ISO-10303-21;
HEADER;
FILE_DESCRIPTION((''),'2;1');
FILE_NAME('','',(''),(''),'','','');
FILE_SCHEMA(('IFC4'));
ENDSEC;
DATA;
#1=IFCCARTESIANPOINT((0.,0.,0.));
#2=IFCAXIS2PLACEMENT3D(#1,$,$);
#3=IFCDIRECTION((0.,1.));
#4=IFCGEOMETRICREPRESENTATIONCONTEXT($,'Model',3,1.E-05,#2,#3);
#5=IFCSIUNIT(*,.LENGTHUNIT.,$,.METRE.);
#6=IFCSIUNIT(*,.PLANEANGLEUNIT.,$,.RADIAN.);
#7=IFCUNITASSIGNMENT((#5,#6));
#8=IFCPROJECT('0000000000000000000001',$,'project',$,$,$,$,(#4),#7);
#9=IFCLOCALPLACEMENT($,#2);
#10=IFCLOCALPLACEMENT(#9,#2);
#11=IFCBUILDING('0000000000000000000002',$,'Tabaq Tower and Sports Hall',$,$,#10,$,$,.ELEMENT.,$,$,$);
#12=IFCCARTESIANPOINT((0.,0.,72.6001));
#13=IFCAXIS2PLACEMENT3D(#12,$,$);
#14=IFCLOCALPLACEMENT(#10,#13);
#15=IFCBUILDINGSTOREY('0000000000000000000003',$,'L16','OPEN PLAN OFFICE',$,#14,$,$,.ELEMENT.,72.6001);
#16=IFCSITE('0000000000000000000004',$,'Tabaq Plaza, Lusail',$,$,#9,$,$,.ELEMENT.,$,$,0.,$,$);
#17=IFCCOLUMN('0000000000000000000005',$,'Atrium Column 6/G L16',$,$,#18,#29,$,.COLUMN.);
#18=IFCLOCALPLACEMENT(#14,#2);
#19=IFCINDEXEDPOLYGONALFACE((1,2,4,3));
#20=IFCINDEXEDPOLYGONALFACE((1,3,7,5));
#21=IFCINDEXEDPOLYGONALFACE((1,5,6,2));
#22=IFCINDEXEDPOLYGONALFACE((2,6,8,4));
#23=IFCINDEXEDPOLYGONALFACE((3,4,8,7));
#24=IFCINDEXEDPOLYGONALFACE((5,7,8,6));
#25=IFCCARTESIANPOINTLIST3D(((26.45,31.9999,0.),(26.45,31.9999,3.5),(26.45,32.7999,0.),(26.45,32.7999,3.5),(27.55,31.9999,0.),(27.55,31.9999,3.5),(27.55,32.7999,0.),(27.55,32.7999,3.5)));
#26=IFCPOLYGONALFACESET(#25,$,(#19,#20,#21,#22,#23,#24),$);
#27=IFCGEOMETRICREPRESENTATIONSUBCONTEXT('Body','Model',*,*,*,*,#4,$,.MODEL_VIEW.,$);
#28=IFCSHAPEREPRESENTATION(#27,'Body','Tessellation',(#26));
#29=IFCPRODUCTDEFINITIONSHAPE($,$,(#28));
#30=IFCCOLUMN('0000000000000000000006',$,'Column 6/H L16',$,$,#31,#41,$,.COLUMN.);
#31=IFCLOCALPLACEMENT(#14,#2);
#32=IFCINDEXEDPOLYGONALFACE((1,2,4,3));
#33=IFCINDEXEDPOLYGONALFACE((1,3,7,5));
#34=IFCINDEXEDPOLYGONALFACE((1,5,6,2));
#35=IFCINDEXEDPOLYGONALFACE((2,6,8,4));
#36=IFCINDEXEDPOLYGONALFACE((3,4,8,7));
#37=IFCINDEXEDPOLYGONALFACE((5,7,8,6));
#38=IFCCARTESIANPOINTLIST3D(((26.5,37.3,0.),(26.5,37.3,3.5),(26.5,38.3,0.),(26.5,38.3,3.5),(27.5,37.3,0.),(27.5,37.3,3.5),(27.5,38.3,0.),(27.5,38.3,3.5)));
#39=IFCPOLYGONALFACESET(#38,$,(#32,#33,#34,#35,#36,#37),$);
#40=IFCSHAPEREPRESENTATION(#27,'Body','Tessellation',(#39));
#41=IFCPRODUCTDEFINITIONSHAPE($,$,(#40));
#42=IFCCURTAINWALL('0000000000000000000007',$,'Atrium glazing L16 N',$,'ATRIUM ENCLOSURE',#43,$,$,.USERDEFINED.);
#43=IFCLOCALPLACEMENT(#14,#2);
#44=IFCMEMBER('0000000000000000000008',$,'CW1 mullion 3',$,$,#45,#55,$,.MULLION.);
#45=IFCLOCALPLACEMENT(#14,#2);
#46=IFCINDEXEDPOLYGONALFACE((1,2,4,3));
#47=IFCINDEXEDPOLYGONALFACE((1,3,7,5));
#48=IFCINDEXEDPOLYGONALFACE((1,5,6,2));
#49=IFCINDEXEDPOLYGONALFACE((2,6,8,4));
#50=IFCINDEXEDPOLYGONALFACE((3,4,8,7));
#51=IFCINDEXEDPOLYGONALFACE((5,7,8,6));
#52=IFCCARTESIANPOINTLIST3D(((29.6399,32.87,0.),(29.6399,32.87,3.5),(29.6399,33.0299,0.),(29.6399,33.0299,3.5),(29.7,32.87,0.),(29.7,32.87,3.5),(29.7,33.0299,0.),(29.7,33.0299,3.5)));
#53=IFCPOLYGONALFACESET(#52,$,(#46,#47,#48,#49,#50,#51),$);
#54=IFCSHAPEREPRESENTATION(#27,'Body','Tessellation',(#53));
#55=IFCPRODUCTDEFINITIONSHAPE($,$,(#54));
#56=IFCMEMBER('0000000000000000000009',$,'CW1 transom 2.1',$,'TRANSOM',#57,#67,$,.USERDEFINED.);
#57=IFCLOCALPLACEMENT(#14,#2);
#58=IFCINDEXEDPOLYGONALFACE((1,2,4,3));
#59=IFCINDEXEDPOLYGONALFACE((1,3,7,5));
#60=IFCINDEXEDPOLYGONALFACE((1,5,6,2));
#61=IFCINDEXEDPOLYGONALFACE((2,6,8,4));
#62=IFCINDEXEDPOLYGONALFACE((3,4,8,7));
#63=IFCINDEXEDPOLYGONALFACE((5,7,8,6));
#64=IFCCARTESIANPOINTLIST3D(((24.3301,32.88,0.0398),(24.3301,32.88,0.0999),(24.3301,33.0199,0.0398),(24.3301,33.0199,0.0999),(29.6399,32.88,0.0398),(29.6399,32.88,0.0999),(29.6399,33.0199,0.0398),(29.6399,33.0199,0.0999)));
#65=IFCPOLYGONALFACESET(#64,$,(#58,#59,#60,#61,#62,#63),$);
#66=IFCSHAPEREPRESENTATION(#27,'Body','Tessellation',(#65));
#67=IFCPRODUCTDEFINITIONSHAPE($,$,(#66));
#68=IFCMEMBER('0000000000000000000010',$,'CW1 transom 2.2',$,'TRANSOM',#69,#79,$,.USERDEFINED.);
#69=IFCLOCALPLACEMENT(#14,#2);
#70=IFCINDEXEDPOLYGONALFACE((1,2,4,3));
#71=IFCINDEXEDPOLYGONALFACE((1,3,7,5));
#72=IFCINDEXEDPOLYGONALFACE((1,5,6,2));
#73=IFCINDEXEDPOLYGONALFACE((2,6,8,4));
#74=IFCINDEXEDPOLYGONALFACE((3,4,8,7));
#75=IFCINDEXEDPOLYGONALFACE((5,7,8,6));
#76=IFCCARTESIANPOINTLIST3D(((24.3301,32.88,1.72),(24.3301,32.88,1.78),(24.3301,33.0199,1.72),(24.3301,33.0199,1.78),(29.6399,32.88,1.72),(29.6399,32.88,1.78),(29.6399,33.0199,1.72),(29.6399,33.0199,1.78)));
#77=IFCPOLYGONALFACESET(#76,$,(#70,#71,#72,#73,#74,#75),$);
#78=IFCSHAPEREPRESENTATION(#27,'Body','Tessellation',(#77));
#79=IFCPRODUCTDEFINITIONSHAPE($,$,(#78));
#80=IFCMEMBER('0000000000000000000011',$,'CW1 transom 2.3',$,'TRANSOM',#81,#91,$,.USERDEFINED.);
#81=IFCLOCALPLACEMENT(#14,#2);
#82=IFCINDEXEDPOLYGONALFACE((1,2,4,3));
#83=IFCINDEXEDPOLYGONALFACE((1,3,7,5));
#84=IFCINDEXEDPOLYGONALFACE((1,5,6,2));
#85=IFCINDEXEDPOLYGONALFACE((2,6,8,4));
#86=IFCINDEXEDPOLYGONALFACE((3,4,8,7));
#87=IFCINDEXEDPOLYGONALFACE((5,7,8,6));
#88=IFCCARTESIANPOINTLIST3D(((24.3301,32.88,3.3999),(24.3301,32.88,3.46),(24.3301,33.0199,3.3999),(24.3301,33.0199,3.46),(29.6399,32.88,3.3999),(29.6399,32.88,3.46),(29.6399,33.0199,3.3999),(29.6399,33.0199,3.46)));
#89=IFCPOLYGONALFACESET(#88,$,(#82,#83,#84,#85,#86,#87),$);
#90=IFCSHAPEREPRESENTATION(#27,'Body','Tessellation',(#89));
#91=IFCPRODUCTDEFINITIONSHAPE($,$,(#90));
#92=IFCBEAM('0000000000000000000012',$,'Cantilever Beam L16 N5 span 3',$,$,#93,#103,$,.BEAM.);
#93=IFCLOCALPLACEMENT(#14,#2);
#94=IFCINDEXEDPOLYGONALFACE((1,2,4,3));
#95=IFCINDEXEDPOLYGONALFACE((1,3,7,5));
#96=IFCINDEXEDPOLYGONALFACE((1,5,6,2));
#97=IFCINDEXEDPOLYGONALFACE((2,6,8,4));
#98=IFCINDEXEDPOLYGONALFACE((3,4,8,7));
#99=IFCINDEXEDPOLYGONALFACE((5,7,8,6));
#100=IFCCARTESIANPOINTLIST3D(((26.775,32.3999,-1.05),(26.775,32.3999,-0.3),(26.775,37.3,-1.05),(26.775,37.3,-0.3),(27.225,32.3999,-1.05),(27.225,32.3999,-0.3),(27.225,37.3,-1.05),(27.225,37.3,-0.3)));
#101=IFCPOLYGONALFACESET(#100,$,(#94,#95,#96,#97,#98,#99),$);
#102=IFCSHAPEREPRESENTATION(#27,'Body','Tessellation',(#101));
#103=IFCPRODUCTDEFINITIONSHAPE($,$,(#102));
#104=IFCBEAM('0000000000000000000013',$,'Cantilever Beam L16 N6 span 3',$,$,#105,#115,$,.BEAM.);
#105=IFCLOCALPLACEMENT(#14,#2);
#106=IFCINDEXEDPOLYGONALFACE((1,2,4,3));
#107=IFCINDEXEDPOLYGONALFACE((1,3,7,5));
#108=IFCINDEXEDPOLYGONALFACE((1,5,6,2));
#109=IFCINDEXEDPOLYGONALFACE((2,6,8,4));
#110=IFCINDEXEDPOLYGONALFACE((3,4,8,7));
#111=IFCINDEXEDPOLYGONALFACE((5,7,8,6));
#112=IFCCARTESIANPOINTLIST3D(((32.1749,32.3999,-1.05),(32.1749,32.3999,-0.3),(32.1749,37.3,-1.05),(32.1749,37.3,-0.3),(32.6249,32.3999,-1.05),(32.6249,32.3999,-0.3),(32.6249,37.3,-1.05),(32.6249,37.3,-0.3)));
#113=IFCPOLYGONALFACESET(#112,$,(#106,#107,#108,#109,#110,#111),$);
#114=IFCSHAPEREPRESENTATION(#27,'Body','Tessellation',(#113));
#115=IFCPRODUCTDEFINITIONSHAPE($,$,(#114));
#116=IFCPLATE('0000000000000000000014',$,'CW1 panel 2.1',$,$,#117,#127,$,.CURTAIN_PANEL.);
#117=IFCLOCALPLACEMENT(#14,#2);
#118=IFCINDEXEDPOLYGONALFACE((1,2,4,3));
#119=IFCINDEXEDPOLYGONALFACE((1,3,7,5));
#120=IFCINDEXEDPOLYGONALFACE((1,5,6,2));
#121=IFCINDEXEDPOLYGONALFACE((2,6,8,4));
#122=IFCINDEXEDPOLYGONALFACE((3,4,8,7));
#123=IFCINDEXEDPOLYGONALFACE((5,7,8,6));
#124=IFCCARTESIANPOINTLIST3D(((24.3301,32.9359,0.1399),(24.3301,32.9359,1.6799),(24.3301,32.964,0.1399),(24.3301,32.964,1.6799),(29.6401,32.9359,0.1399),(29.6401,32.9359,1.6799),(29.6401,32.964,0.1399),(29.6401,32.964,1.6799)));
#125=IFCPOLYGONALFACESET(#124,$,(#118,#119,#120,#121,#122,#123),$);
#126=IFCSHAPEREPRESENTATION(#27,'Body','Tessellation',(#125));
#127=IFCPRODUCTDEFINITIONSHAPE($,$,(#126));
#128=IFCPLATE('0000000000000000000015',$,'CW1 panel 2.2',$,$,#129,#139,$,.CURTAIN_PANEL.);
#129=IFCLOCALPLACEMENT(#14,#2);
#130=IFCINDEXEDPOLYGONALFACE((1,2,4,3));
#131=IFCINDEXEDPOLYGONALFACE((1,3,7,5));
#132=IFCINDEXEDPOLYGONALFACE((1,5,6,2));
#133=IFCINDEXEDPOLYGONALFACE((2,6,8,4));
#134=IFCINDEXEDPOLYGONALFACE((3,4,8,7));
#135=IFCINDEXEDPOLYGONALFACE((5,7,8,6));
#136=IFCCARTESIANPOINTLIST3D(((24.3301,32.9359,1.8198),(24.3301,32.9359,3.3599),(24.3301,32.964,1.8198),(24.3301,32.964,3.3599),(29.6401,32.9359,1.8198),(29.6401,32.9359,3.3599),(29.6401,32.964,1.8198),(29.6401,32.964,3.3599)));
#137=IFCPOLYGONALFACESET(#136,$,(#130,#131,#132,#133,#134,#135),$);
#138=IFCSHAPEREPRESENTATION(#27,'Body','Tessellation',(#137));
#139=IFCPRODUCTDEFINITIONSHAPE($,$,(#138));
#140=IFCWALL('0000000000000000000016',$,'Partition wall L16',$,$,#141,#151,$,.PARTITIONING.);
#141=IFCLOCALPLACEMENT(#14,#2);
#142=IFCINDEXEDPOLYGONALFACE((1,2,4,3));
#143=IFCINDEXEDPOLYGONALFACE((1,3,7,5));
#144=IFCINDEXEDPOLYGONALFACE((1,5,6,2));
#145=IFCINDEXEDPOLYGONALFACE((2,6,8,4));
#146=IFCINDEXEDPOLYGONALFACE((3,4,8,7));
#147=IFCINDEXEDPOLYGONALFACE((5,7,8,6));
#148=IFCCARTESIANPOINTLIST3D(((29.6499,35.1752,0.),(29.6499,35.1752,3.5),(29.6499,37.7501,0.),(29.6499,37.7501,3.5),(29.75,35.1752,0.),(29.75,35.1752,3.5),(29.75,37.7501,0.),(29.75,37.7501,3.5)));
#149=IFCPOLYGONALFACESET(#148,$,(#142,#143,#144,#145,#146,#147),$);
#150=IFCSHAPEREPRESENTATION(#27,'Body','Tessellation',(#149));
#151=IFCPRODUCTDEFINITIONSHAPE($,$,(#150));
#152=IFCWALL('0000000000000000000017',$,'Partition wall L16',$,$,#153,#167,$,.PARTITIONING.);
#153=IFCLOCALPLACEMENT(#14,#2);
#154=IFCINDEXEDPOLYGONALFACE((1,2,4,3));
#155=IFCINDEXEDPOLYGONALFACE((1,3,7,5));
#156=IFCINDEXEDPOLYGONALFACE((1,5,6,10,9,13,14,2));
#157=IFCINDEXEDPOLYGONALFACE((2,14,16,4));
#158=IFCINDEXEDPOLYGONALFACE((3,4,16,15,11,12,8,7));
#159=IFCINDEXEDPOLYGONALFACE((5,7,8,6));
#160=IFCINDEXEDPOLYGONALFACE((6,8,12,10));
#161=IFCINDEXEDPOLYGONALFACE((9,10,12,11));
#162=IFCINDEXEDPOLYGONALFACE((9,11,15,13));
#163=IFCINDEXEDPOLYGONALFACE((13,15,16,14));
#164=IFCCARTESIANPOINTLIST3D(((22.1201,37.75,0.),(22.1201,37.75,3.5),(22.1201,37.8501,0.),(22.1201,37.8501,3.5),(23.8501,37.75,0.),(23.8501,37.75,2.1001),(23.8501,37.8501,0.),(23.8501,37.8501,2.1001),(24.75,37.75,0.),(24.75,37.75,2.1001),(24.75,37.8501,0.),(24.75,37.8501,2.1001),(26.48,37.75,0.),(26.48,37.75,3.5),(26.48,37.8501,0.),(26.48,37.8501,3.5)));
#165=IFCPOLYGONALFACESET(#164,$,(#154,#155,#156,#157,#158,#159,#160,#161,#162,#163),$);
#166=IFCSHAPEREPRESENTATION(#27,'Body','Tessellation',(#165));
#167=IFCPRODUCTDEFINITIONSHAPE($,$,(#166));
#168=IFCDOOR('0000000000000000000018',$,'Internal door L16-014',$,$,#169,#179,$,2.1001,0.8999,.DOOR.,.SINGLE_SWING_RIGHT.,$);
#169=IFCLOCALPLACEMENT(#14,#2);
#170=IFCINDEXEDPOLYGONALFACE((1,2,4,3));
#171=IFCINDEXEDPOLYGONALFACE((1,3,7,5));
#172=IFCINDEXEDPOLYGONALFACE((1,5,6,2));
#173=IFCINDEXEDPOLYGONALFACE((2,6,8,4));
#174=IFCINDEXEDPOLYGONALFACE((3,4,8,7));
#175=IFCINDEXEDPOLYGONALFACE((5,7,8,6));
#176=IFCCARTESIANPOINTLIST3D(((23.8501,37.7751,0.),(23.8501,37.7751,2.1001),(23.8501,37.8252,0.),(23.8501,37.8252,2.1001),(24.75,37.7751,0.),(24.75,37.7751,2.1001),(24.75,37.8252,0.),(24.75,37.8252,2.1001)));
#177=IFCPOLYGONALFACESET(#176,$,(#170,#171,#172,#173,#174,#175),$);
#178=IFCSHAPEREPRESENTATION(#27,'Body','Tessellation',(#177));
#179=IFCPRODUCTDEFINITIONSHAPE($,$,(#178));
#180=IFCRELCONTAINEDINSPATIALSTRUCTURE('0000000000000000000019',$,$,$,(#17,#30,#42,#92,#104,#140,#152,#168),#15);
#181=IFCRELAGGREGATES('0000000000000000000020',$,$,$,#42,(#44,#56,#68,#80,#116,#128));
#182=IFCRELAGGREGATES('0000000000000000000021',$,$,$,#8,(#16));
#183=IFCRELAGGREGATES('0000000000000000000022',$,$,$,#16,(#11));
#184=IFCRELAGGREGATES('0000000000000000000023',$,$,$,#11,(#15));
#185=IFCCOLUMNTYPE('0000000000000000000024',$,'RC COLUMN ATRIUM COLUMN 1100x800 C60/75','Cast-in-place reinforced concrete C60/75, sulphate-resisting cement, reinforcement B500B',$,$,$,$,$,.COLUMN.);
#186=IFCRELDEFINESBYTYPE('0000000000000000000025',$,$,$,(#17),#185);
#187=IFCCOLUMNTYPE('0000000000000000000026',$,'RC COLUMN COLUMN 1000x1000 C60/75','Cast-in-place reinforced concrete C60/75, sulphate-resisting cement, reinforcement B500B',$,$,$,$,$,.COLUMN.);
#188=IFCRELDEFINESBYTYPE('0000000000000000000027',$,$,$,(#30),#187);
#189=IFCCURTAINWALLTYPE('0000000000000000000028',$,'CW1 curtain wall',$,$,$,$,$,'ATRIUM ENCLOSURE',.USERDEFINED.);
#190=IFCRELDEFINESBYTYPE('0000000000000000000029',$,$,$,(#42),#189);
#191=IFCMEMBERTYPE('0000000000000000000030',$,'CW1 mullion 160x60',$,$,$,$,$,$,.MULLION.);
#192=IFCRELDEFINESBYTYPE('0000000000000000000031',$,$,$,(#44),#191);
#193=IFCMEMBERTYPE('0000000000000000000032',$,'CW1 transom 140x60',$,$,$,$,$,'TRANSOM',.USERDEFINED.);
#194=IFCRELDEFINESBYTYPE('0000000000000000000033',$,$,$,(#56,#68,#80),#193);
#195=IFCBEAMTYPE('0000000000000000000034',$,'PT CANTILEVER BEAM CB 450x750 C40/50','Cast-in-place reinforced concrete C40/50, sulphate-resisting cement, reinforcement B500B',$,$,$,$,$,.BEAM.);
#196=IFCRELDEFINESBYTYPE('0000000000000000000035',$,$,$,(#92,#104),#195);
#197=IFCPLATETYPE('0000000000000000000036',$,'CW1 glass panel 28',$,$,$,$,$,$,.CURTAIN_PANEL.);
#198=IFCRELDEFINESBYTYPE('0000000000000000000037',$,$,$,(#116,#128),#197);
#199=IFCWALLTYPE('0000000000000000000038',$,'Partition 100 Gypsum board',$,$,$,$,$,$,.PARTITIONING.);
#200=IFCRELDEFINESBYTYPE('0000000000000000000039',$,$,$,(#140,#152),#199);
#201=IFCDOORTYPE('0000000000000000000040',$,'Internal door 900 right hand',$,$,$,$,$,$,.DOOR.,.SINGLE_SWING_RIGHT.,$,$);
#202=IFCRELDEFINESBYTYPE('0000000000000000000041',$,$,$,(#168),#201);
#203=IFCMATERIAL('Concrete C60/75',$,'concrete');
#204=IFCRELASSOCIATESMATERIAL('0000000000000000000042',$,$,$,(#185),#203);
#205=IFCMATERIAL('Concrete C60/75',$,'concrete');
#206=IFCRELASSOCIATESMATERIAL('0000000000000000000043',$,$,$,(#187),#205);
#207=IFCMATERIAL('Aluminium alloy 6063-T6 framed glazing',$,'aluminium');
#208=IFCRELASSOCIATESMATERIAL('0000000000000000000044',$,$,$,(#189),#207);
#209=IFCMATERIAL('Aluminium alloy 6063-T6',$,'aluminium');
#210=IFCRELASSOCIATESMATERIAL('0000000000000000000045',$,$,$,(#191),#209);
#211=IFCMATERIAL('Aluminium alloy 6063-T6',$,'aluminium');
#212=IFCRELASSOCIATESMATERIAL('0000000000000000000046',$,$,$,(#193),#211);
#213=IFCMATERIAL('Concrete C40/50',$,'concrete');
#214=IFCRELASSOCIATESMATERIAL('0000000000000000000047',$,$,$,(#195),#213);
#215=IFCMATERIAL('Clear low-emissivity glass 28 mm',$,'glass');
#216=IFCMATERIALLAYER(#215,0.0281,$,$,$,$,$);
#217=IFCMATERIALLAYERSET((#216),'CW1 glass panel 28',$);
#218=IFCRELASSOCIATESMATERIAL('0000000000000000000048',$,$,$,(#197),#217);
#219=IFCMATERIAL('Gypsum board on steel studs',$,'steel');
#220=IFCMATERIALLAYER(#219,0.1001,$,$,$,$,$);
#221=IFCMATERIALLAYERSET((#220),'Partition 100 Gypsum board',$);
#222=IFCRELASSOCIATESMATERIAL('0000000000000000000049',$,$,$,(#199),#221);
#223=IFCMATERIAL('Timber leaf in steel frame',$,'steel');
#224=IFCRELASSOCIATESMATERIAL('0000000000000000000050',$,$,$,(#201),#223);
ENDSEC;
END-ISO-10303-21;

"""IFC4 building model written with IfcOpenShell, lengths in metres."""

from ifc_helpers import new_model, si_unit, direction, frame, frame_2d, origin, origin_2d, place, context, subcontext, project, spatial, rectangle, extrude, material, layer, layer_set, material_profile, profile_set, type_object, element, fill, aggregate, save


model = new_model("IFC4")

# Units and contexts
model_context = context("Model", 3, precision=1e-05, world=origin(), true_north=direction((0.0, 1.0)))
body_context = subcontext(model_context, "Body", "Model", "MODEL_VIEW")
ifc_project = project(units=[si_unit("LENGTHUNIT", "METRE"), si_unit("PLANEANGLEUNIT", "RADIAN")], contexts=[model_context])

# Site, building, storey
site_placement = place(None, origin())
site = spatial("IfcSite", under=ifc_project, at=site_placement, Name="Tabaq Plaza, Lusail", CompositionType="ELEMENT", RefElevation=0.0)
building_placement = place(site_placement, origin())
building = spatial("IfcBuilding", under=site, at=building_placement, Name="Tabaq Tower and Sports Hall", CompositionType="ELEMENT")
storey_placement = place(building_placement, frame((0.0, 0.0, 72.6001)))
storey = spatial("IfcBuildingStorey", under=building, at=storey_placement, Name="L16", Description="OPEN PLAN OFFICE", CompositionType="ELEMENT", Elevation=72.6001)

# Columns
ifc_material_1 = material(Name="Concrete C60/75", Category="concrete")
ifc_material_profile_1 = material_profile(ifc_material_1, rectangle(XDim=1.1001, YDim=0.8, at=origin_2d()), Name="ATRIUM COLUMN 1100x800")
ifc_profile_set_1 = profile_set([ifc_material_profile_1], Name="Concrete C60/75")
column_type_1 = type_object("IfcColumnType", Name="RC COLUMN ATRIUM COLUMN 1100x800 C60/75", Description="Cast-in-place reinforced concrete C60/75, sulphate-resisting cement, reinforcement B500B", PredefinedType="COLUMN", material=ifc_profile_set_1)
column_1_placement = place(storey_placement, frame((27.0, 32.3999, 0.0), z_axis=(0.0, 0.0, 1.0), x_axis=(1.0, 0.0, 0.0)))
element("IfcColumn", 1, at=column_1_placement, inside=storey, type_object=column_type_1, Name="Atrium Column 6/G L16", PredefinedType="COLUMN", context=body_context, shape_type="SweptSolid", body=[
    extrude(rectangle(XDim=1.1001, YDim=0.8, at=origin_2d()), origin(), (0.0, 0.0, 1.0), 3.5),
])
ifc_material_2 = material(Name="Concrete C60/75", Category="concrete")
ifc_material_profile_2 = material_profile(ifc_material_2, rectangle(XDim=1.0, YDim=1.0, at=origin_2d()), Name="COLUMN 1000x1000")
ifc_profile_set_2 = profile_set([ifc_material_profile_2], Name="Concrete C60/75")
column_type_2 = type_object("IfcColumnType", Name="RC COLUMN COLUMN 1000x1000 C60/75", Description="Cast-in-place reinforced concrete C60/75, sulphate-resisting cement, reinforcement B500B", PredefinedType="COLUMN", material=ifc_profile_set_2)
column_2_placement = place(storey_placement, frame((27.0, 37.8, 0.0), z_axis=(0.0, 0.0, 1.0), x_axis=(1.0, 0.0, 0.0)))
element("IfcColumn", 2, at=column_2_placement, inside=storey, type_object=column_type_2, Name="Column 6/H L16", PredefinedType="COLUMN", context=body_context, shape_type="SweptSolid", body=[
    extrude(rectangle(XDim=1.0, YDim=1.0, at=origin_2d()), origin(), (0.0, 0.0, 1.0), 3.5),
])

# Curtain wall, members
ifc_material_3 = material(Name="Aluminium alloy 6063-T6 framed glazing", Category="aluminium")
curtain_wall_type = type_object("IfcCurtainWallType", Name="CW1 curtain wall", ElementType="ATRIUM ENCLOSURE", PredefinedType="USERDEFINED", material=ifc_material_3)
curtain_wall_placement = place(storey_placement, origin())
curtain_wall = element("IfcCurtainWall", 3, at=curtain_wall_placement, inside=storey, type_object=curtain_wall_type, Name="Atrium glazing L16 N", ObjectType="ATRIUM ENCLOSURE", PredefinedType="USERDEFINED")
ifc_material_4 = material(Name="Aluminium alloy 6063-T6", Category="aluminium")
ifc_material_profile_3 = material_profile(ifc_material_4, rectangle(XDim=0.1599, YDim=0.0601, at=origin_2d()), Name="MULLION 160x60")
ifc_profile_set_3 = profile_set([ifc_material_profile_3], Name="Aluminium alloy 6063-T6")
member_type_1 = type_object("IfcMemberType", Name="CW1 mullion 160x60", PredefinedType="MULLION", material=ifc_profile_set_3)
member_1_placement = place(storey_placement, frame((29.6699, 32.95, 0.0), z_axis=(0.0, 0.0, 1.0), x_axis=(0.0, 1.0, 0.0)))
member_1 = element("IfcMember", 4, at=member_1_placement, type_object=member_type_1, Name="CW1 mullion 3", PredefinedType="MULLION", context=body_context, shape_type="SweptSolid", body=[
    extrude(rectangle(XDim=0.1599, YDim=0.0601, at=origin_2d()), origin(), (0.0, 0.0, 1.0), 3.5),
])
ifc_material_5 = material(Name="Aluminium alloy 6063-T6", Category="aluminium")
ifc_material_profile_4 = material_profile(ifc_material_5, rectangle(XDim=0.1399, YDim=0.0601, at=origin_2d()), Name="TRANSOM 140x60")
ifc_profile_set_4 = profile_set([ifc_material_profile_4], Name="Aluminium alloy 6063-T6")
member_type_2 = type_object("IfcMemberType", Name="CW1 transom 140x60", ElementType="TRANSOM", PredefinedType="USERDEFINED", material=ifc_profile_set_4)
member_2_placement = place(storey_placement, frame((24.3301, 32.95, 0.0698), z_axis=(1.0, 0.0, 0.0), x_axis=(0.0, 1.0, 0.0)))
member_2 = element("IfcMember", 5, at=member_2_placement, type_object=member_type_2, Name="CW1 transom 2.1", ObjectType="TRANSOM", PredefinedType="USERDEFINED", context=body_context, shape_type="SweptSolid", body=[
    extrude(rectangle(XDim=0.1399, YDim=0.0601, at=origin_2d()), origin(), (0.0, 0.0, 1.0), 5.3098),
])
member_3_placement = place(storey_placement, frame((24.3301, 32.95, 1.75), z_axis=(1.0, 0.0, 0.0), x_axis=(0.0, 1.0, 0.0)))
member_3 = element("IfcMember", 6, at=member_3_placement, type_object=member_type_2, Name="CW1 transom 2.2", ObjectType="TRANSOM", PredefinedType="USERDEFINED", context=body_context, shape_type="SweptSolid", body=[
    extrude(rectangle(XDim=0.1399, YDim=0.0601, at=origin_2d()), origin(), (0.0, 0.0, 1.0), 5.3098),
])
member_4_placement = place(storey_placement, frame((24.3301, 32.95, 3.4299), z_axis=(1.0, 0.0, 0.0), x_axis=(0.0, 1.0, 0.0)))
member_4 = element("IfcMember", 7, at=member_4_placement, type_object=member_type_2, Name="CW1 transom 2.3", ObjectType="TRANSOM", PredefinedType="USERDEFINED", context=body_context, shape_type="SweptSolid", body=[
    extrude(rectangle(XDim=0.1399, YDim=0.0601, at=origin_2d()), origin(), (0.0, 0.0, 1.0), 5.3098),
])

# Beams
ifc_material_6 = material(Name="Concrete C40/50", Category="concrete")
ifc_material_profile_5 = material_profile(ifc_material_6, rectangle(XDim=0.45, YDim=0.75, at=origin_2d()), Name="CB 450x750")
ifc_profile_set_5 = profile_set([ifc_material_profile_5], Name="Concrete C40/50")
beam_type = type_object("IfcBeamType", Name="PT CANTILEVER BEAM CB 450x750 C40/50", Description="Cast-in-place reinforced concrete C40/50, sulphate-resisting cement, reinforcement B500B", PredefinedType="BEAM", material=ifc_profile_set_5)
for number, where, z_axis, x_axis, name in (
    (8, (27.0, 37.3, -0.675), (0.0, -1.0, 0.0), (1.0, 0.0, 0.0), "Cantilever Beam L16 N5 span 3"),
    (9, (32.3999, 37.3, -0.675), (0.0, -1.0, 0.0), (1.0, 0.0, 0.0), "Cantilever Beam L16 N6 span 3"),
):
    element("IfcBeam", number, at=place(storey_placement, frame(where, z_axis=z_axis, x_axis=x_axis)), inside=storey, type_object=beam_type, Name=name, PredefinedType="BEAM", context=body_context, shape_type="SweptSolid", body=[
        extrude(rectangle(XDim=0.45, YDim=0.75, at=origin_2d()), origin(), (0.0, 0.0, 1.0), 4.9001),
    ])

# Plates
ifc_material_7 = material(Name="Clear low-emissivity glass 28 mm", Category="glass")
ifc_layer_1 = layer(ifc_material_7, 0.0281)
ifc_layer_set_1 = layer_set([ifc_layer_1], Name="CW1 glass panel 28")
plate_type = type_object("IfcPlateType", Name="CW1 glass panel 28", PredefinedType="CURTAIN_PANEL", material=ifc_layer_set_1)
plate_1_placement = place(storey_placement, frame((26.9851, 32.95, 0.1399), z_axis=(0.0, 0.0, 1.0), x_axis=(1.0, 0.0, 0.0)))
plate_1 = element("IfcPlate", 10, at=plate_1_placement, type_object=plate_type, Name="CW1 panel 2.1", PredefinedType="CURTAIN_PANEL", context=body_context, shape_type="SweptSolid", body=[
    extrude(rectangle(XDim=5.3101, YDim=0.0281, at=origin_2d()), origin(), (0.0, 0.0, 1.0), 1.54),
])
plate_2_placement = place(storey_placement, frame((26.9851, 32.95, 1.8198), z_axis=(0.0, 0.0, 1.0), x_axis=(1.0, 0.0, 0.0)))
plate_2 = element("IfcPlate", 11, at=plate_2_placement, type_object=plate_type, Name="CW1 panel 2.2", PredefinedType="CURTAIN_PANEL", context=body_context, shape_type="SweptSolid", body=[
    extrude(rectangle(XDim=5.3101, YDim=0.0281, at=origin_2d()), origin(), (0.0, 0.0, 1.0), 1.54),
])
aggregate(curtain_wall, [member_1, member_2, member_3, member_4, plate_1, plate_2])

# Wall
ifc_material_8 = material(Name="Gypsum board on steel studs", Category="steel")
ifc_layer_2 = layer(ifc_material_8, 0.1001)
ifc_layer_set_2 = layer_set([ifc_layer_2], Name="Partition 100 Gypsum board")
wall_type_1 = type_object("IfcWallType", Name="Partition 100 Gypsum board", PredefinedType="PARTITIONING", material=ifc_layer_set_2)
wall_1_placement = place(storey_placement, frame((29.7, 35.175, 0.0), z_axis=(0.0, 0.0, 1.0), x_axis=(0.0, 1.0, 0.0)))
element("IfcWall", 12, at=wall_1_placement, inside=storey, type_object=wall_type_1, Name="Partition wall L16", PredefinedType="PARTITIONING", context=body_context, shape_type="SweptSolid", body=[
    extrude(rectangle(XDim=2.575, YDim=0.1001, at=frame_2d((1.2876, 0.0))), origin(), (0.0, 0.0, 1.0), 3.5),
])

# Wall, opening, door
wall_2_placement = place(storey_placement, frame((26.48, 37.8, 0.0), z_axis=(0.0, 0.0, 1.0), x_axis=(-1.0, 0.0, 0.0)))
wall_2 = element("IfcWall", 13, at=wall_2_placement, inside=storey, type_object=wall_type_1, Name="Partition wall L16", PredefinedType="PARTITIONING", context=body_context, shape_type="SweptSolid", body=[
    extrude(rectangle(XDim=4.3599, YDim=0.1001, at=frame_2d((2.1799, 0.0))), origin(), (0.0, 0.0, 1.0), 3.5),
])
opening_1_placement = place(wall_2_placement, frame((1.73, 0.0, 0.0)))
opening_1 = element("IfcOpeningElement", 14, at=opening_1_placement, cuts=wall_2, PredefinedType="OPENING", context=body_context, shape_type="SweptSolid", body=[
    extrude(rectangle(XDim=0.8999, YDim=2.1001, at=frame_2d((0.45, 1.05))), frame((0.0, 0.05, 0.0), z_axis=(0.0, -1.0, 0.0), x_axis=(1.0, 0.0, 0.0)), (0.0, 0.0, 1.0), 0.1001),
])
ifc_material_9 = material(Name="Timber leaf in steel frame", Category="steel")
door_type_1 = type_object("IfcDoorType", Name="Internal door 900 right hand", OperationType="SINGLE_SWING_RIGHT", PredefinedType="DOOR", material=ifc_material_9)
door_1_placement = place(opening_1_placement, origin())
door_1 = element("IfcDoor", 15, at=door_1_placement, inside=storey, type_object=door_type_1, Name="Internal door L16-014", OperationType="SINGLE_SWING_RIGHT", OverallHeight=2.1001, OverallWidth=0.8999, PredefinedType="DOOR", context=body_context, shape_type="SweptSolid", body=[
    extrude(rectangle(XDim=0.8999, YDim=2.1001, at=frame_2d((0.45, 1.05))), frame((0.0, 0.0249, 0.0), z_axis=(0.0, -1.0, 0.0), x_axis=(1.0, 0.0, 0.0)), (0.0, 0.0, 1.0), 0.05),
])
fill(opening_1, door_1)

save(model, "model.ifc")
